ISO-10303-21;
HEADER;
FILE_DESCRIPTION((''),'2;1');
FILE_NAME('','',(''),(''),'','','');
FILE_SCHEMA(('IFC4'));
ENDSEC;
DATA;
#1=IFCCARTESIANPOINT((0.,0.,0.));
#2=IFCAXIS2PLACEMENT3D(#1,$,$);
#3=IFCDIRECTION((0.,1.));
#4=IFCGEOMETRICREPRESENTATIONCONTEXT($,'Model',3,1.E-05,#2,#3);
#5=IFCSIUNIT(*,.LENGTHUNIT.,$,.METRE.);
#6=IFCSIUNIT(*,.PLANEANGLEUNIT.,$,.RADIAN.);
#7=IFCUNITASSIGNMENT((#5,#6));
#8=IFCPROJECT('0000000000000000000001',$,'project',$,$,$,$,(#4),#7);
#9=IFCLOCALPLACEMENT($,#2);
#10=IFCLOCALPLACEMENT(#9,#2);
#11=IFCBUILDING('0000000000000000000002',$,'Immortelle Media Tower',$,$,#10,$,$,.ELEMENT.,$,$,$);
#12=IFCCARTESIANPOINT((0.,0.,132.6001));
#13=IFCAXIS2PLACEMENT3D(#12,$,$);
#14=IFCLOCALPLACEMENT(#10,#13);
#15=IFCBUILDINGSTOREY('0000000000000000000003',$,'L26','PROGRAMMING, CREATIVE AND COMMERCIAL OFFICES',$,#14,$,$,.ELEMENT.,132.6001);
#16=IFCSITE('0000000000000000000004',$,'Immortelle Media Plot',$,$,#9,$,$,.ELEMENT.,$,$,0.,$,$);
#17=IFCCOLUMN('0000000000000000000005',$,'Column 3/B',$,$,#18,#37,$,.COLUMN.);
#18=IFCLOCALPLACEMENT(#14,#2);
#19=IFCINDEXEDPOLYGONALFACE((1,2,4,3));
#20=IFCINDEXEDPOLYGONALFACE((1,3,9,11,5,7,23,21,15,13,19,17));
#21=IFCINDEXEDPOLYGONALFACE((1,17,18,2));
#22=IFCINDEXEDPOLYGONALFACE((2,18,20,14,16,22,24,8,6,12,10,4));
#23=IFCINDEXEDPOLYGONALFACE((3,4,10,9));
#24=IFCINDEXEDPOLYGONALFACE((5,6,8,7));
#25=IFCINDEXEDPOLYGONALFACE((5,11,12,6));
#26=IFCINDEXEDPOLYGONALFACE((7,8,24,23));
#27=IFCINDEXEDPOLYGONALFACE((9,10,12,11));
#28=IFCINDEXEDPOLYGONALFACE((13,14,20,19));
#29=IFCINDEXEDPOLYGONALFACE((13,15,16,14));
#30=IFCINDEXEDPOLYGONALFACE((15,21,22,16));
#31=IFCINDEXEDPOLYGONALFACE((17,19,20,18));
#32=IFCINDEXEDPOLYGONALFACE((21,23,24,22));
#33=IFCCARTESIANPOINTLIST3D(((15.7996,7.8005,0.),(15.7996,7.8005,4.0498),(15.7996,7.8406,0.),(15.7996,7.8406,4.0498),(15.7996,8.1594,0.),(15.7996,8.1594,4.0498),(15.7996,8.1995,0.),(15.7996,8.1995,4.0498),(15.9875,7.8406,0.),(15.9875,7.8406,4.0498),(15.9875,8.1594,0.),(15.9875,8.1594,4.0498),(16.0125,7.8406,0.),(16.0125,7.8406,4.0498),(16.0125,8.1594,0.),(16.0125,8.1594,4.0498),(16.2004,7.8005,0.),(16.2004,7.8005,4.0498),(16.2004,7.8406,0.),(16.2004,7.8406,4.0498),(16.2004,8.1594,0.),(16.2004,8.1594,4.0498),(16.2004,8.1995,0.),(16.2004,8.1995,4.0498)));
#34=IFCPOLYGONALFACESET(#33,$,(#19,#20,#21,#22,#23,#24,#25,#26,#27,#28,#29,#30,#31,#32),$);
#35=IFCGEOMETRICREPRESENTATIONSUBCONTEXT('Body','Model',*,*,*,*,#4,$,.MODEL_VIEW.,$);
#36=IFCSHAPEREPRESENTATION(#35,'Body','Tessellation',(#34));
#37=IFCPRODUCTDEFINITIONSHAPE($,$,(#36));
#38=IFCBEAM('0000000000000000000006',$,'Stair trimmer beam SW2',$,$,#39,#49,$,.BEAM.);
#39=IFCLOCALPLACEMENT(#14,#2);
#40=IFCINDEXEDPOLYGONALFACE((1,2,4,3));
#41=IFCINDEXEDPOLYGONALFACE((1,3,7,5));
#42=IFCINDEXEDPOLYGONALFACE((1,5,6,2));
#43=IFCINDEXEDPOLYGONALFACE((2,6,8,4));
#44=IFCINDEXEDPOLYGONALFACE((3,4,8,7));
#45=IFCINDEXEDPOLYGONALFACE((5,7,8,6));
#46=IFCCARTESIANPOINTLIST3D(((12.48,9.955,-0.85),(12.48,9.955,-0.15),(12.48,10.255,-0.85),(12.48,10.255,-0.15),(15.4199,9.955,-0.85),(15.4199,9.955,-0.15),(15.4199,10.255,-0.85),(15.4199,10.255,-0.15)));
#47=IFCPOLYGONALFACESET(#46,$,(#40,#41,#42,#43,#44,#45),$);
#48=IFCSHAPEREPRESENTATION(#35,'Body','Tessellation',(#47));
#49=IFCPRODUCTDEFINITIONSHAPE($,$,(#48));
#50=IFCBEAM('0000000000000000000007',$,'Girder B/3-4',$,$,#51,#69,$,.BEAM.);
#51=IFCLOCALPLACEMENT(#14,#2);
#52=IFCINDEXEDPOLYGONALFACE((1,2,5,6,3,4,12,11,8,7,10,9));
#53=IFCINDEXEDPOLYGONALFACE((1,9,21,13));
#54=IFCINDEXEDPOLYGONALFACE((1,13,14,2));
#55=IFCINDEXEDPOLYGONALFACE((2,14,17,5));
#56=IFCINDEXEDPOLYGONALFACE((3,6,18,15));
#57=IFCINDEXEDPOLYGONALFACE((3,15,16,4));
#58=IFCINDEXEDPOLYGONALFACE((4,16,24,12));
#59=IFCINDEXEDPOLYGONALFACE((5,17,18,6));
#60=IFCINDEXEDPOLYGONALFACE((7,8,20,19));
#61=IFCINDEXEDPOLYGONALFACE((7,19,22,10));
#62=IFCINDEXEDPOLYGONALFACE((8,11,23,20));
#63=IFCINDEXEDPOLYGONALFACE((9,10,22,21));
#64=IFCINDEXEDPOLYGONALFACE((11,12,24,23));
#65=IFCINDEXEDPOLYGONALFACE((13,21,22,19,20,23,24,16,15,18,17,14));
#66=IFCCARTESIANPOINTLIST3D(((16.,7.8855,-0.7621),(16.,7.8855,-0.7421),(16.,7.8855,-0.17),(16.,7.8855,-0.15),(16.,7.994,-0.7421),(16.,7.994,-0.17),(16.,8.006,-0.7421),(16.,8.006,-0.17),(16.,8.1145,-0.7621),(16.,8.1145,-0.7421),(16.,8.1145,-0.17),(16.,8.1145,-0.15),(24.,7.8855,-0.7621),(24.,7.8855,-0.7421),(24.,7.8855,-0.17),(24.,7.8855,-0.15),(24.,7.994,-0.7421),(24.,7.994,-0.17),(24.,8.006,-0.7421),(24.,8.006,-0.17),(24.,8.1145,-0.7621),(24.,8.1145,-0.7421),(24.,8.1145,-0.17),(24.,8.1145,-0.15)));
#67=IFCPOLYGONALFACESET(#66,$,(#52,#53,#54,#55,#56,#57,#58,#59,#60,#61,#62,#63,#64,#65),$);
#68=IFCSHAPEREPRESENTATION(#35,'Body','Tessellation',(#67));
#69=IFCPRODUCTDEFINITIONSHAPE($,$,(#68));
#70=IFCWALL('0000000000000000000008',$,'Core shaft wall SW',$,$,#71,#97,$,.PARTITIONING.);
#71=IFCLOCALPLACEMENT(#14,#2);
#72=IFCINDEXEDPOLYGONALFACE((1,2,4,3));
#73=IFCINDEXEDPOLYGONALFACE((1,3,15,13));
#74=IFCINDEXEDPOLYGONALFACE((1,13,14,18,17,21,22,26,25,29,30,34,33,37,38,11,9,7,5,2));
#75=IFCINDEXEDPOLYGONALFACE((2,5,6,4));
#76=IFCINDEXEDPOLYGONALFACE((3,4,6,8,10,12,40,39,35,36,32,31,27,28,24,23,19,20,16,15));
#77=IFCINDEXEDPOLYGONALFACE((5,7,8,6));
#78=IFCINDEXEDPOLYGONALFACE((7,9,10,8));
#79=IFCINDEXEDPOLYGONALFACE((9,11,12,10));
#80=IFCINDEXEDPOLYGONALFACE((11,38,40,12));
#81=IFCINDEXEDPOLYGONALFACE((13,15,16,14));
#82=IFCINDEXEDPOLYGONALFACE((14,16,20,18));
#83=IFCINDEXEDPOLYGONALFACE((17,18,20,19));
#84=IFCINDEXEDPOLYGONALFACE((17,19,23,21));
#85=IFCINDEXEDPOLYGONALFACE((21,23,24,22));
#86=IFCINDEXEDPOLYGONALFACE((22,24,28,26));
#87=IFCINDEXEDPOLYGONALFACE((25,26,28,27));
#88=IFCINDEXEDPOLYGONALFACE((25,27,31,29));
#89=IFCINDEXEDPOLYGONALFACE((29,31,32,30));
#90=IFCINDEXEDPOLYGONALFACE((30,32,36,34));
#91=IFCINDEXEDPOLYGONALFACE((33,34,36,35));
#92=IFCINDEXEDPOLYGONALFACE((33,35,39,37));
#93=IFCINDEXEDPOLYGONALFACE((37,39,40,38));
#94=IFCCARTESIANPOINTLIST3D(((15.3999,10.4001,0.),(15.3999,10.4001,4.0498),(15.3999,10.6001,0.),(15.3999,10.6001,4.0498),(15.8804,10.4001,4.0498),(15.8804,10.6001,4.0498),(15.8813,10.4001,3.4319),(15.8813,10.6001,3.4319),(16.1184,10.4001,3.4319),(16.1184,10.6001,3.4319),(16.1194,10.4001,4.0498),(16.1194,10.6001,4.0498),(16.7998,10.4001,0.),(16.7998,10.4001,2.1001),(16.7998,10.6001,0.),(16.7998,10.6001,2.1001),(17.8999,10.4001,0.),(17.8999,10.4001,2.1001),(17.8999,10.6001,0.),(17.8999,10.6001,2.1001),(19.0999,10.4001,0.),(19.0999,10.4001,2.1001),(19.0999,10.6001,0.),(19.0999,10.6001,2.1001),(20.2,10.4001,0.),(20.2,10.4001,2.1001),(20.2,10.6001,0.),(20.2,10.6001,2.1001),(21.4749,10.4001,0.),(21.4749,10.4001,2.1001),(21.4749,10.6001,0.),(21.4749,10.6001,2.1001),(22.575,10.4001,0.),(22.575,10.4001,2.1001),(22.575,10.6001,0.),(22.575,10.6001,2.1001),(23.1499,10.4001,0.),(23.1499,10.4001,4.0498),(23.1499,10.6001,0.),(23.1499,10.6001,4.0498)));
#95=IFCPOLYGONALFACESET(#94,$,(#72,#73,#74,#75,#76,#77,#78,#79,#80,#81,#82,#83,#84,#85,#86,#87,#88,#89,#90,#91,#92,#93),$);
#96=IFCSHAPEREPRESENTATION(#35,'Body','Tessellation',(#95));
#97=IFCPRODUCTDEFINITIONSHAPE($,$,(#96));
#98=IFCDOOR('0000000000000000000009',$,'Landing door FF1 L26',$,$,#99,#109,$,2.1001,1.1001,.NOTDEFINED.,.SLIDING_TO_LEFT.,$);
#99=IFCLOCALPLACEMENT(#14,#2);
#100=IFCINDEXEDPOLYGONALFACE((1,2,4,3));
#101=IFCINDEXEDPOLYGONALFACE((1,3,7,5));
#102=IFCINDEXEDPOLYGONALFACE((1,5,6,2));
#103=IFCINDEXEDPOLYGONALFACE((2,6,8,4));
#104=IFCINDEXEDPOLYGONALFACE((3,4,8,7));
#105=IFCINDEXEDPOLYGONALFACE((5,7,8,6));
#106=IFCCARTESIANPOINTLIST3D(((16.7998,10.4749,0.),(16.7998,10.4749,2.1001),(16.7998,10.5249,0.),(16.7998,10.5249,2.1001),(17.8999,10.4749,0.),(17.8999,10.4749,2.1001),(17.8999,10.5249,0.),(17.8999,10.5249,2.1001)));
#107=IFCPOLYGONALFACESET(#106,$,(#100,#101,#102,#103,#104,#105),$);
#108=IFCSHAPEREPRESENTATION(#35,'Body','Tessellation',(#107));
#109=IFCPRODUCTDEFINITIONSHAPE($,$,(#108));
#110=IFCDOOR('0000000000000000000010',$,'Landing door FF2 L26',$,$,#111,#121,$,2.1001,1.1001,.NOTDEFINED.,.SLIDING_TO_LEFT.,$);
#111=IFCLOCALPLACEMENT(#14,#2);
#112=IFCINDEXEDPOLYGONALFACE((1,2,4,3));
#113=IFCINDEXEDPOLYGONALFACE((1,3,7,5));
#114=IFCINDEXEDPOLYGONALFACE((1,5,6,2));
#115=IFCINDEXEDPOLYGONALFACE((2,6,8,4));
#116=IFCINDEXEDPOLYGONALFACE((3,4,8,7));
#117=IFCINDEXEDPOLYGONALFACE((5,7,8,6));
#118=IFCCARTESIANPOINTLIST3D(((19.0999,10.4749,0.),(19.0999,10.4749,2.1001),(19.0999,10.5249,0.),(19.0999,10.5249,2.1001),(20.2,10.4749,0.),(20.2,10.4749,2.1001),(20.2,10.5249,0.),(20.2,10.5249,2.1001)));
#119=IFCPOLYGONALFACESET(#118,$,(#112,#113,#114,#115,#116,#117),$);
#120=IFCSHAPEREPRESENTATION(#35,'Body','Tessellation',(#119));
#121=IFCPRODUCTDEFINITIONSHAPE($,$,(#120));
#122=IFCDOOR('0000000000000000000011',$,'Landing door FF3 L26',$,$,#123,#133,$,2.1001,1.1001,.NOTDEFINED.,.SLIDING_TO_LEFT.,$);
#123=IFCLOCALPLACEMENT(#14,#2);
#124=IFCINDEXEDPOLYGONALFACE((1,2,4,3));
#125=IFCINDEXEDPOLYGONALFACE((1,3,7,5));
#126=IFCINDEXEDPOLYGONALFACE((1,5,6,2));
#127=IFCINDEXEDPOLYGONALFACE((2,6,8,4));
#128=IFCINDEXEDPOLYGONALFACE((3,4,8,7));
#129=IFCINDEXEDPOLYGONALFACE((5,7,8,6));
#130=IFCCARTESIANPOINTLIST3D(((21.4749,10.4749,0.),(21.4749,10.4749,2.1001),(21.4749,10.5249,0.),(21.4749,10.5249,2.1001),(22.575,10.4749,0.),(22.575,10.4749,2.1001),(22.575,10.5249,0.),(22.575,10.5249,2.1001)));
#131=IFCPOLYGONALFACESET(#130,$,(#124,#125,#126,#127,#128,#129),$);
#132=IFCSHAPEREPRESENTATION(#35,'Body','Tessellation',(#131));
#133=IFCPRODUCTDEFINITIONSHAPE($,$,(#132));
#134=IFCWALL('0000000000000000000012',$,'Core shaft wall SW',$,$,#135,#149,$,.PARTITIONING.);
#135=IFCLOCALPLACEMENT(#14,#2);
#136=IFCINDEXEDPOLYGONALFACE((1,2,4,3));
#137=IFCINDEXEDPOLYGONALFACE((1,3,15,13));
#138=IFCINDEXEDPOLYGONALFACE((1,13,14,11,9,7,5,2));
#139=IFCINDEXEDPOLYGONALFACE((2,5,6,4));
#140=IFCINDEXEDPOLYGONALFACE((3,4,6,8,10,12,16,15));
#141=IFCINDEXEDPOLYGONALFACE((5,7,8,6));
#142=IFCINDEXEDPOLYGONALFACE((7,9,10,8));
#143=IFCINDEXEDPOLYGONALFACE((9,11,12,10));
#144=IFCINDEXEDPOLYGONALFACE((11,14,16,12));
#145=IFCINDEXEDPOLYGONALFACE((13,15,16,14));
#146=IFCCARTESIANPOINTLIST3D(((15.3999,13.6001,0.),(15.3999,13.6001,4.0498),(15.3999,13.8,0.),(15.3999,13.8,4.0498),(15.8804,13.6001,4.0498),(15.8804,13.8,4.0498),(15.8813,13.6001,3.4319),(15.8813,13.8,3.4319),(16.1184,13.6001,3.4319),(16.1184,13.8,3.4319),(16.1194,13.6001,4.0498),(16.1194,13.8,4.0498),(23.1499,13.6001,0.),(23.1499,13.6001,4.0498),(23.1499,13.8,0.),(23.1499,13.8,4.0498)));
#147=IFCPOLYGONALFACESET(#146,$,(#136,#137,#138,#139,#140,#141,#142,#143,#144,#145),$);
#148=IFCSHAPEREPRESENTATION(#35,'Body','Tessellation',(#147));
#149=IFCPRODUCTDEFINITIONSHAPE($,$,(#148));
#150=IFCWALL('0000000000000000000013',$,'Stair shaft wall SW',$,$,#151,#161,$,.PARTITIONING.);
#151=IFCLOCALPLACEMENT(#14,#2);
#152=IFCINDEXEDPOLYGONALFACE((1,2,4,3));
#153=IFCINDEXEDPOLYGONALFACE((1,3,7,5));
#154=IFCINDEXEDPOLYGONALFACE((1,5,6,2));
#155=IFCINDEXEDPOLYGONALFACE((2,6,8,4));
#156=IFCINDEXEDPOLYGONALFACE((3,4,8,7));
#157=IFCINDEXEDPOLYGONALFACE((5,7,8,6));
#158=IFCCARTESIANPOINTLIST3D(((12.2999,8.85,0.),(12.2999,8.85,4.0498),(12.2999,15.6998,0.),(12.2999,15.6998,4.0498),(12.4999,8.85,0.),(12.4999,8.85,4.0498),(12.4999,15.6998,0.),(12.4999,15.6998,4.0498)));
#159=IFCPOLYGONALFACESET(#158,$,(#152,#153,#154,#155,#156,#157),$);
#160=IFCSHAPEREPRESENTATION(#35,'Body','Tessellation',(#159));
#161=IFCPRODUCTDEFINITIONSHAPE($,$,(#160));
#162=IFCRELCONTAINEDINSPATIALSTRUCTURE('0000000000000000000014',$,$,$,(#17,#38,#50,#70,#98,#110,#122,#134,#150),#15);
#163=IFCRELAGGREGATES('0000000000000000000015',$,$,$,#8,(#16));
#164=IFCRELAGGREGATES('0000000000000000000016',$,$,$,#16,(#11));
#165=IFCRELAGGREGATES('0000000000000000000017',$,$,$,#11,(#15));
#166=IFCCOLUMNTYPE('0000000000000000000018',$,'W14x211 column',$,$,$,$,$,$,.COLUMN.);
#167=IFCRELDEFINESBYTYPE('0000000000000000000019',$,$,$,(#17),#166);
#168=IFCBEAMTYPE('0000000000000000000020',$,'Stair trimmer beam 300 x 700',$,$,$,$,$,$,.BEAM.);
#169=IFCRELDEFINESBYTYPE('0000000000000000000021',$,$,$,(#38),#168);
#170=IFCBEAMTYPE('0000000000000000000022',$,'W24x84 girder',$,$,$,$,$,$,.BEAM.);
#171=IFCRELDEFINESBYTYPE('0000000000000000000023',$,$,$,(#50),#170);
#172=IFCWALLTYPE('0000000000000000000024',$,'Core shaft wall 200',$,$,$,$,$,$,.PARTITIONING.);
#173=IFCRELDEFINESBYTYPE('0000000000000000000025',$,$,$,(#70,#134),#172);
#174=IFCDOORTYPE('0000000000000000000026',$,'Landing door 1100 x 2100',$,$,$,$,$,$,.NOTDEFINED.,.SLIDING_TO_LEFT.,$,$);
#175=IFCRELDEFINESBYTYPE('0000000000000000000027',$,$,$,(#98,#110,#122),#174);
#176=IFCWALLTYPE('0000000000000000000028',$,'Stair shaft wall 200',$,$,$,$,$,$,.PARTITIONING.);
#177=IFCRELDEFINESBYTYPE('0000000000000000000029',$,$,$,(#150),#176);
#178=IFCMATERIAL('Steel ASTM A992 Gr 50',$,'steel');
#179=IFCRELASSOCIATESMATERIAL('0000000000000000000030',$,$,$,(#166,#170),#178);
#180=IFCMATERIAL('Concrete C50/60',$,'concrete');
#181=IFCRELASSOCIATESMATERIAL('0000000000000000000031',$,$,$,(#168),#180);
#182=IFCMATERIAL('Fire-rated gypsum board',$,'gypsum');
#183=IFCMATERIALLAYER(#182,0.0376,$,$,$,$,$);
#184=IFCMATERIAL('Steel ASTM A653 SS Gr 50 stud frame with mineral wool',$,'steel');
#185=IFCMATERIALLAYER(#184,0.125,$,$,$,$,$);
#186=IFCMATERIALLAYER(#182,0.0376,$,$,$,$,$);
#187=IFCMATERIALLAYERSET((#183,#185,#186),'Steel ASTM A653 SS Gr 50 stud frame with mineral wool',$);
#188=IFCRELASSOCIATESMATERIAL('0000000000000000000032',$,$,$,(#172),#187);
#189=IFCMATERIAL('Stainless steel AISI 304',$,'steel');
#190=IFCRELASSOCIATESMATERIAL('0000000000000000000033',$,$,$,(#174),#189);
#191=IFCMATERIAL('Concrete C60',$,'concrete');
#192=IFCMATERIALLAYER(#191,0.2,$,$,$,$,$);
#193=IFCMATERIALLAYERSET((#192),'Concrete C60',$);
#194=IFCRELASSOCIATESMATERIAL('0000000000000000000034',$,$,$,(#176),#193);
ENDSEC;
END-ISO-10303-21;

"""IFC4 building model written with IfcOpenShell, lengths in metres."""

from ifc_helpers import new_model, si_unit, direction, frame, frame_2d, origin, origin_2d, place, context, subcontext, project, spatial, polyline, rectangle, i_section, outline, extrude, material, layer, layer_set, material_profile, profile_set, type_object, element, fill, save


model = new_model("IFC4")

# Units and contexts
model_context = context("Model", 3, precision=1e-05, world=origin(), true_north=direction((0.0, 1.0)))
body_context = subcontext(model_context, "Body", "Model", "MODEL_VIEW")
ifc_project = project(units=[si_unit("LENGTHUNIT", "METRE"), si_unit("PLANEANGLEUNIT", "RADIAN")], contexts=[model_context])

# Site, building, storey
site_placement = place(None, origin())
site = spatial("IfcSite", under=ifc_project, at=site_placement, Name="Immortelle Media Plot", CompositionType="ELEMENT", RefElevation=0.0)
building_placement = place(site_placement, origin())
building = spatial("IfcBuilding", under=site, at=building_placement, Name="Immortelle Media Tower", CompositionType="ELEMENT")
storey_placement = place(building_placement, frame((0.0, 0.0, 132.6001)))
storey = spatial("IfcBuildingStorey", under=building, at=storey_placement, Name="L26", Description="PROGRAMMING, CREATIVE AND COMMERCIAL OFFICES", CompositionType="ELEMENT", Elevation=132.6001)

# Column
ifc_material_1 = material(Name="Steel ASTM A992 Gr 50", Category="steel")
ifc_material_profile_1 = material_profile(ifc_material_1, i_section(OverallWidth=0.4009, OverallDepth=0.3989, WebThickness=0.0249, FlangeThickness=0.04, at=origin_2d()), Name="W14x211")
ifc_profile_set_1 = profile_set([ifc_material_profile_1], Name="Steel ASTM A992 Gr 50")
column_type = type_object("IfcColumnType", Name="W14x211 column", PredefinedType="COLUMN", material=ifc_profile_set_1)
column_placement = place(storey_placement, frame((16.0, 8.0, 0.0), z_axis=(0.0, 0.0, 1.0), x_axis=(1.0, 0.0, 0.0)))
element("IfcColumn", 1, at=column_placement, inside=storey, type_object=column_type, Name="Column 3/B", PredefinedType="COLUMN", context=body_context, shape_type="SweptSolid", body=[
    extrude(i_section(OverallWidth=0.4009, OverallDepth=0.3989, WebThickness=0.0249, FlangeThickness=0.04, at=origin_2d()), origin(), (0.0, 0.0, 1.0), 4.0498),
])

# Beams
ifc_material_2 = material(Name="Concrete C50/60", Category="concrete")
ifc_material_profile_2 = material_profile(ifc_material_2, rectangle(XDim=0.3, YDim=0.7, at=origin_2d()), Name="RC 300x700")
ifc_profile_set_2 = profile_set([ifc_material_profile_2], Name="Concrete C50/60")
beam_type_1 = type_object("IfcBeamType", Name="Stair trimmer beam 300 x 700", PredefinedType="BEAM", material=ifc_profile_set_2)
beam_1_placement = place(storey_placement, frame((12.48, 10.105, -0.5), z_axis=(1.0, 0.0, 0.0), x_axis=(0.0, 1.0, 0.0)))
element("IfcBeam", 2, at=beam_1_placement, inside=storey, type_object=beam_type_1, Name="Stair trimmer beam SW2", PredefinedType="BEAM", context=body_context, shape_type="SweptSolid", body=[
    extrude(rectangle(XDim=0.3, YDim=0.7, at=origin_2d()), origin(), (0.0, 0.0, 1.0), 2.9399),
])
ifc_material_profile_3 = material_profile(ifc_material_1, i_section(OverallWidth=0.229, OverallDepth=0.6121, WebThickness=0.012, FlangeThickness=0.02, at=origin_2d()), Name="W24x84")
ifc_profile_set_3 = profile_set([ifc_material_profile_3], Name="Steel ASTM A992 Gr 50")
beam_type_2 = type_object("IfcBeamType", Name="W24x84 girder", PredefinedType="BEAM", material=ifc_profile_set_3)
beam_2_placement = place(storey_placement, frame((16.0, 8.0, -0.4561), z_axis=(1.0, 0.0, 0.0), x_axis=(0.0, 1.0, 0.0)))
element("IfcBeam", 3, at=beam_2_placement, inside=storey, type_object=beam_type_2, Name="Girder B/3-4", PredefinedType="BEAM", context=body_context, shape_type="SweptSolid", body=[
    extrude(i_section(OverallWidth=0.229, OverallDepth=0.6121, WebThickness=0.012, FlangeThickness=0.02, at=origin_2d()), origin(), (0.0, 0.0, 1.0), 8.0),
])

# Wall, openings, doors
ifc_material_3 = material(Name="Fire-rated gypsum board", Category="gypsum")
ifc_layer_1 = layer(ifc_material_3, 0.0376)
ifc_material_4 = material(Name="Steel ASTM A653 SS Gr 50 stud frame with mineral wool", Category="steel")
ifc_layer_2 = layer(ifc_material_4, 0.125)
ifc_layer_3 = layer(ifc_material_3, 0.0376)
ifc_layer_set_1 = layer_set([ifc_layer_1, ifc_layer_2, ifc_layer_3], Name="Steel ASTM A653 SS Gr 50 stud frame with mineral wool")
wall_type_1 = type_object("IfcWallType", Name="Core shaft wall 200", PredefinedType="PARTITIONING", material=ifc_layer_set_1)
wall_1_placement = place(storey_placement, frame((15.3999, 10.5, 0.0), z_axis=(0.0, 0.0, 1.0), x_axis=(1.0, 0.0, 0.0)))
wall_1 = element("IfcWall", 4, at=wall_1_placement, inside=storey, type_object=wall_type_1, Name="Core shaft wall SW", PredefinedType="PARTITIONING", context=body_context, shape_type="SweptSolid", body=[
    extrude(outline(polyline([(0.0, 0.0), (7.75, 0.0), (7.75, 4.0498), (0.7195, 4.0498), (0.7185, 3.4319), (0.4814, 3.4319), (0.4805, 4.0498), (0.0, 4.0498), (0.0, 0.0)])), frame((0.0, 0.1001, 0.0), z_axis=(0.0, -1.0, 0.0), x_axis=(1.0, 0.0, 0.0)), (0.0, 0.0, 1.0), 0.2),
])
opening_1_placement = place(wall_1_placement, frame((1.3999, 0.0, 0.0)))
opening_1 = element("IfcOpeningElement", 5, at=opening_1_placement, cuts=wall_1, PredefinedType="OPENING", context=body_context, shape_type="SweptSolid", body=[
    extrude(rectangle(XDim=1.1001, YDim=2.1001, at=frame_2d((0.55, 1.05))), frame((0.0, 0.1099, 0.0), z_axis=(0.0, -1.0, 0.0), x_axis=(1.0, 0.0, 0.0)), (0.0, 0.0, 1.0), 0.22),
])
opening_2_placement = place(wall_1_placement, frame((3.7, 0.0, 0.0)))
opening_2 = element("IfcOpeningElement", 6, at=opening_2_placement, cuts=wall_1, PredefinedType="OPENING", context=body_context, shape_type="SweptSolid", body=[
    extrude(rectangle(XDim=1.1001, YDim=2.1001, at=frame_2d((0.55, 1.05))), frame((0.0, 0.1099, 0.0), z_axis=(0.0, -1.0, 0.0), x_axis=(1.0, 0.0, 0.0)), (0.0, 0.0, 1.0), 0.22),
])
opening_3_placement = place(wall_1_placement, frame((6.075, 0.0, 0.0)))
opening_3 = element("IfcOpeningElement", 7, at=opening_3_placement, cuts=wall_1, PredefinedType="OPENING", context=body_context, shape_type="SweptSolid", body=[
    extrude(rectangle(XDim=1.1001, YDim=2.1001, at=frame_2d((0.55, 1.05))), frame((0.0, 0.1099, 0.0), z_axis=(0.0, -1.0, 0.0), x_axis=(1.0, 0.0, 0.0)), (0.0, 0.0, 1.0), 0.22),
])
ifc_material_5 = material(Name="Stainless steel AISI 304", Category="steel")
door_type_1 = type_object("IfcDoorType", Name="Landing door 1100 x 2100", OperationType="SLIDING_TO_LEFT", PredefinedType="NOTDEFINED", material=ifc_material_5)
door_1_placement = place(opening_1_placement, origin())
door_1 = element("IfcDoor", 8, at=door_1_placement, inside=storey, type_object=door_type_1, Name="Landing door FF1 L26", OperationType="SLIDING_TO_LEFT", OverallHeight=2.1001, OverallWidth=1.1001, PredefinedType="NOTDEFINED", context=body_context, shape_type="SweptSolid", body=[
    extrude(rectangle(XDim=1.1001, YDim=2.1001, at=frame_2d((0.55, 1.05))), frame((0.0, 0.0249, 0.0), z_axis=(0.0, -1.0, 0.0), x_axis=(1.0, 0.0, 0.0)), (0.0, 0.0, 1.0), 0.05),
])
fill(opening_1, door_1)
door_2_placement = place(opening_2_placement, origin())
door_2 = element("IfcDoor", 9, at=door_2_placement, inside=storey, type_object=door_type_1, Name="Landing door FF2 L26", OperationType="SLIDING_TO_LEFT", OverallHeight=2.1001, OverallWidth=1.1001, PredefinedType="NOTDEFINED", context=body_context, shape_type="SweptSolid", body=[
    extrude(rectangle(XDim=1.1001, YDim=2.1001, at=frame_2d((0.55, 1.05))), frame((0.0, 0.0249, 0.0), z_axis=(0.0, -1.0, 0.0), x_axis=(1.0, 0.0, 0.0)), (0.0, 0.0, 1.0), 0.05),
])
fill(opening_2, door_2)
door_3_placement = place(opening_3_placement, origin())
door_3 = element("IfcDoor", 10, at=door_3_placement, inside=storey, type_object=door_type_1, Name="Landing door FF3 L26", OperationType="SLIDING_TO_LEFT", OverallHeight=2.1001, OverallWidth=1.1001, PredefinedType="NOTDEFINED", context=body_context, shape_type="SweptSolid", body=[
    extrude(rectangle(XDim=1.1001, YDim=2.1001, at=frame_2d((0.55, 1.05))), frame((0.0, 0.0249, 0.0), z_axis=(0.0, -1.0, 0.0), x_axis=(1.0, 0.0, 0.0)), (0.0, 0.0, 1.0), 0.05),
])
fill(opening_3, door_3)

# Walls
wall_2_placement = place(storey_placement, frame((15.3999, 13.7, 0.0), z_axis=(0.0, 0.0, 1.0), x_axis=(1.0, 0.0, 0.0)))
element("IfcWall", 11, at=wall_2_placement, inside=storey, type_object=wall_type_1, Name="Core shaft wall SW", PredefinedType="PARTITIONING", context=body_context, shape_type="SweptSolid", body=[
    extrude(outline(polyline([(0.0, 0.0), (7.75, 0.0), (7.75, 4.0498), (0.7195, 4.0498), (0.7185, 3.4319), (0.4814, 3.4319), (0.4805, 4.0498), (0.0, 4.0498), (0.0, 0.0)])), frame((0.0, 0.1001, 0.0), z_axis=(0.0, -1.0, 0.0), x_axis=(1.0, 0.0, 0.0)), (0.0, 0.0, 1.0), 0.2),
])
ifc_material_6 = material(Name="Concrete C60", Category="concrete")
ifc_layer_4 = layer(ifc_material_6, 0.2)
ifc_layer_set_2 = layer_set([ifc_layer_4], Name="Concrete C60")
wall_type_2 = type_object("IfcWallType", Name="Stair shaft wall 200", PredefinedType="PARTITIONING", material=ifc_layer_set_2)
wall_3_placement = place(storey_placement, frame((12.3999, 8.8501, 0.0), z_axis=(0.0, 0.0, 1.0), x_axis=(0.0, 1.0, 0.0)))
element("IfcWall", 12, at=wall_3_placement, inside=storey, type_object=wall_type_2, Name="Stair shaft wall SW", PredefinedType="PARTITIONING", context=body_context, shape_type="SweptSolid", body=[
    extrude(rectangle(XDim=6.8499, YDim=0.2, at=frame_2d((3.4248, 0.0))), origin(), (0.0, 0.0, 1.0), 4.0498),
])

save(model, "model.ifc")
